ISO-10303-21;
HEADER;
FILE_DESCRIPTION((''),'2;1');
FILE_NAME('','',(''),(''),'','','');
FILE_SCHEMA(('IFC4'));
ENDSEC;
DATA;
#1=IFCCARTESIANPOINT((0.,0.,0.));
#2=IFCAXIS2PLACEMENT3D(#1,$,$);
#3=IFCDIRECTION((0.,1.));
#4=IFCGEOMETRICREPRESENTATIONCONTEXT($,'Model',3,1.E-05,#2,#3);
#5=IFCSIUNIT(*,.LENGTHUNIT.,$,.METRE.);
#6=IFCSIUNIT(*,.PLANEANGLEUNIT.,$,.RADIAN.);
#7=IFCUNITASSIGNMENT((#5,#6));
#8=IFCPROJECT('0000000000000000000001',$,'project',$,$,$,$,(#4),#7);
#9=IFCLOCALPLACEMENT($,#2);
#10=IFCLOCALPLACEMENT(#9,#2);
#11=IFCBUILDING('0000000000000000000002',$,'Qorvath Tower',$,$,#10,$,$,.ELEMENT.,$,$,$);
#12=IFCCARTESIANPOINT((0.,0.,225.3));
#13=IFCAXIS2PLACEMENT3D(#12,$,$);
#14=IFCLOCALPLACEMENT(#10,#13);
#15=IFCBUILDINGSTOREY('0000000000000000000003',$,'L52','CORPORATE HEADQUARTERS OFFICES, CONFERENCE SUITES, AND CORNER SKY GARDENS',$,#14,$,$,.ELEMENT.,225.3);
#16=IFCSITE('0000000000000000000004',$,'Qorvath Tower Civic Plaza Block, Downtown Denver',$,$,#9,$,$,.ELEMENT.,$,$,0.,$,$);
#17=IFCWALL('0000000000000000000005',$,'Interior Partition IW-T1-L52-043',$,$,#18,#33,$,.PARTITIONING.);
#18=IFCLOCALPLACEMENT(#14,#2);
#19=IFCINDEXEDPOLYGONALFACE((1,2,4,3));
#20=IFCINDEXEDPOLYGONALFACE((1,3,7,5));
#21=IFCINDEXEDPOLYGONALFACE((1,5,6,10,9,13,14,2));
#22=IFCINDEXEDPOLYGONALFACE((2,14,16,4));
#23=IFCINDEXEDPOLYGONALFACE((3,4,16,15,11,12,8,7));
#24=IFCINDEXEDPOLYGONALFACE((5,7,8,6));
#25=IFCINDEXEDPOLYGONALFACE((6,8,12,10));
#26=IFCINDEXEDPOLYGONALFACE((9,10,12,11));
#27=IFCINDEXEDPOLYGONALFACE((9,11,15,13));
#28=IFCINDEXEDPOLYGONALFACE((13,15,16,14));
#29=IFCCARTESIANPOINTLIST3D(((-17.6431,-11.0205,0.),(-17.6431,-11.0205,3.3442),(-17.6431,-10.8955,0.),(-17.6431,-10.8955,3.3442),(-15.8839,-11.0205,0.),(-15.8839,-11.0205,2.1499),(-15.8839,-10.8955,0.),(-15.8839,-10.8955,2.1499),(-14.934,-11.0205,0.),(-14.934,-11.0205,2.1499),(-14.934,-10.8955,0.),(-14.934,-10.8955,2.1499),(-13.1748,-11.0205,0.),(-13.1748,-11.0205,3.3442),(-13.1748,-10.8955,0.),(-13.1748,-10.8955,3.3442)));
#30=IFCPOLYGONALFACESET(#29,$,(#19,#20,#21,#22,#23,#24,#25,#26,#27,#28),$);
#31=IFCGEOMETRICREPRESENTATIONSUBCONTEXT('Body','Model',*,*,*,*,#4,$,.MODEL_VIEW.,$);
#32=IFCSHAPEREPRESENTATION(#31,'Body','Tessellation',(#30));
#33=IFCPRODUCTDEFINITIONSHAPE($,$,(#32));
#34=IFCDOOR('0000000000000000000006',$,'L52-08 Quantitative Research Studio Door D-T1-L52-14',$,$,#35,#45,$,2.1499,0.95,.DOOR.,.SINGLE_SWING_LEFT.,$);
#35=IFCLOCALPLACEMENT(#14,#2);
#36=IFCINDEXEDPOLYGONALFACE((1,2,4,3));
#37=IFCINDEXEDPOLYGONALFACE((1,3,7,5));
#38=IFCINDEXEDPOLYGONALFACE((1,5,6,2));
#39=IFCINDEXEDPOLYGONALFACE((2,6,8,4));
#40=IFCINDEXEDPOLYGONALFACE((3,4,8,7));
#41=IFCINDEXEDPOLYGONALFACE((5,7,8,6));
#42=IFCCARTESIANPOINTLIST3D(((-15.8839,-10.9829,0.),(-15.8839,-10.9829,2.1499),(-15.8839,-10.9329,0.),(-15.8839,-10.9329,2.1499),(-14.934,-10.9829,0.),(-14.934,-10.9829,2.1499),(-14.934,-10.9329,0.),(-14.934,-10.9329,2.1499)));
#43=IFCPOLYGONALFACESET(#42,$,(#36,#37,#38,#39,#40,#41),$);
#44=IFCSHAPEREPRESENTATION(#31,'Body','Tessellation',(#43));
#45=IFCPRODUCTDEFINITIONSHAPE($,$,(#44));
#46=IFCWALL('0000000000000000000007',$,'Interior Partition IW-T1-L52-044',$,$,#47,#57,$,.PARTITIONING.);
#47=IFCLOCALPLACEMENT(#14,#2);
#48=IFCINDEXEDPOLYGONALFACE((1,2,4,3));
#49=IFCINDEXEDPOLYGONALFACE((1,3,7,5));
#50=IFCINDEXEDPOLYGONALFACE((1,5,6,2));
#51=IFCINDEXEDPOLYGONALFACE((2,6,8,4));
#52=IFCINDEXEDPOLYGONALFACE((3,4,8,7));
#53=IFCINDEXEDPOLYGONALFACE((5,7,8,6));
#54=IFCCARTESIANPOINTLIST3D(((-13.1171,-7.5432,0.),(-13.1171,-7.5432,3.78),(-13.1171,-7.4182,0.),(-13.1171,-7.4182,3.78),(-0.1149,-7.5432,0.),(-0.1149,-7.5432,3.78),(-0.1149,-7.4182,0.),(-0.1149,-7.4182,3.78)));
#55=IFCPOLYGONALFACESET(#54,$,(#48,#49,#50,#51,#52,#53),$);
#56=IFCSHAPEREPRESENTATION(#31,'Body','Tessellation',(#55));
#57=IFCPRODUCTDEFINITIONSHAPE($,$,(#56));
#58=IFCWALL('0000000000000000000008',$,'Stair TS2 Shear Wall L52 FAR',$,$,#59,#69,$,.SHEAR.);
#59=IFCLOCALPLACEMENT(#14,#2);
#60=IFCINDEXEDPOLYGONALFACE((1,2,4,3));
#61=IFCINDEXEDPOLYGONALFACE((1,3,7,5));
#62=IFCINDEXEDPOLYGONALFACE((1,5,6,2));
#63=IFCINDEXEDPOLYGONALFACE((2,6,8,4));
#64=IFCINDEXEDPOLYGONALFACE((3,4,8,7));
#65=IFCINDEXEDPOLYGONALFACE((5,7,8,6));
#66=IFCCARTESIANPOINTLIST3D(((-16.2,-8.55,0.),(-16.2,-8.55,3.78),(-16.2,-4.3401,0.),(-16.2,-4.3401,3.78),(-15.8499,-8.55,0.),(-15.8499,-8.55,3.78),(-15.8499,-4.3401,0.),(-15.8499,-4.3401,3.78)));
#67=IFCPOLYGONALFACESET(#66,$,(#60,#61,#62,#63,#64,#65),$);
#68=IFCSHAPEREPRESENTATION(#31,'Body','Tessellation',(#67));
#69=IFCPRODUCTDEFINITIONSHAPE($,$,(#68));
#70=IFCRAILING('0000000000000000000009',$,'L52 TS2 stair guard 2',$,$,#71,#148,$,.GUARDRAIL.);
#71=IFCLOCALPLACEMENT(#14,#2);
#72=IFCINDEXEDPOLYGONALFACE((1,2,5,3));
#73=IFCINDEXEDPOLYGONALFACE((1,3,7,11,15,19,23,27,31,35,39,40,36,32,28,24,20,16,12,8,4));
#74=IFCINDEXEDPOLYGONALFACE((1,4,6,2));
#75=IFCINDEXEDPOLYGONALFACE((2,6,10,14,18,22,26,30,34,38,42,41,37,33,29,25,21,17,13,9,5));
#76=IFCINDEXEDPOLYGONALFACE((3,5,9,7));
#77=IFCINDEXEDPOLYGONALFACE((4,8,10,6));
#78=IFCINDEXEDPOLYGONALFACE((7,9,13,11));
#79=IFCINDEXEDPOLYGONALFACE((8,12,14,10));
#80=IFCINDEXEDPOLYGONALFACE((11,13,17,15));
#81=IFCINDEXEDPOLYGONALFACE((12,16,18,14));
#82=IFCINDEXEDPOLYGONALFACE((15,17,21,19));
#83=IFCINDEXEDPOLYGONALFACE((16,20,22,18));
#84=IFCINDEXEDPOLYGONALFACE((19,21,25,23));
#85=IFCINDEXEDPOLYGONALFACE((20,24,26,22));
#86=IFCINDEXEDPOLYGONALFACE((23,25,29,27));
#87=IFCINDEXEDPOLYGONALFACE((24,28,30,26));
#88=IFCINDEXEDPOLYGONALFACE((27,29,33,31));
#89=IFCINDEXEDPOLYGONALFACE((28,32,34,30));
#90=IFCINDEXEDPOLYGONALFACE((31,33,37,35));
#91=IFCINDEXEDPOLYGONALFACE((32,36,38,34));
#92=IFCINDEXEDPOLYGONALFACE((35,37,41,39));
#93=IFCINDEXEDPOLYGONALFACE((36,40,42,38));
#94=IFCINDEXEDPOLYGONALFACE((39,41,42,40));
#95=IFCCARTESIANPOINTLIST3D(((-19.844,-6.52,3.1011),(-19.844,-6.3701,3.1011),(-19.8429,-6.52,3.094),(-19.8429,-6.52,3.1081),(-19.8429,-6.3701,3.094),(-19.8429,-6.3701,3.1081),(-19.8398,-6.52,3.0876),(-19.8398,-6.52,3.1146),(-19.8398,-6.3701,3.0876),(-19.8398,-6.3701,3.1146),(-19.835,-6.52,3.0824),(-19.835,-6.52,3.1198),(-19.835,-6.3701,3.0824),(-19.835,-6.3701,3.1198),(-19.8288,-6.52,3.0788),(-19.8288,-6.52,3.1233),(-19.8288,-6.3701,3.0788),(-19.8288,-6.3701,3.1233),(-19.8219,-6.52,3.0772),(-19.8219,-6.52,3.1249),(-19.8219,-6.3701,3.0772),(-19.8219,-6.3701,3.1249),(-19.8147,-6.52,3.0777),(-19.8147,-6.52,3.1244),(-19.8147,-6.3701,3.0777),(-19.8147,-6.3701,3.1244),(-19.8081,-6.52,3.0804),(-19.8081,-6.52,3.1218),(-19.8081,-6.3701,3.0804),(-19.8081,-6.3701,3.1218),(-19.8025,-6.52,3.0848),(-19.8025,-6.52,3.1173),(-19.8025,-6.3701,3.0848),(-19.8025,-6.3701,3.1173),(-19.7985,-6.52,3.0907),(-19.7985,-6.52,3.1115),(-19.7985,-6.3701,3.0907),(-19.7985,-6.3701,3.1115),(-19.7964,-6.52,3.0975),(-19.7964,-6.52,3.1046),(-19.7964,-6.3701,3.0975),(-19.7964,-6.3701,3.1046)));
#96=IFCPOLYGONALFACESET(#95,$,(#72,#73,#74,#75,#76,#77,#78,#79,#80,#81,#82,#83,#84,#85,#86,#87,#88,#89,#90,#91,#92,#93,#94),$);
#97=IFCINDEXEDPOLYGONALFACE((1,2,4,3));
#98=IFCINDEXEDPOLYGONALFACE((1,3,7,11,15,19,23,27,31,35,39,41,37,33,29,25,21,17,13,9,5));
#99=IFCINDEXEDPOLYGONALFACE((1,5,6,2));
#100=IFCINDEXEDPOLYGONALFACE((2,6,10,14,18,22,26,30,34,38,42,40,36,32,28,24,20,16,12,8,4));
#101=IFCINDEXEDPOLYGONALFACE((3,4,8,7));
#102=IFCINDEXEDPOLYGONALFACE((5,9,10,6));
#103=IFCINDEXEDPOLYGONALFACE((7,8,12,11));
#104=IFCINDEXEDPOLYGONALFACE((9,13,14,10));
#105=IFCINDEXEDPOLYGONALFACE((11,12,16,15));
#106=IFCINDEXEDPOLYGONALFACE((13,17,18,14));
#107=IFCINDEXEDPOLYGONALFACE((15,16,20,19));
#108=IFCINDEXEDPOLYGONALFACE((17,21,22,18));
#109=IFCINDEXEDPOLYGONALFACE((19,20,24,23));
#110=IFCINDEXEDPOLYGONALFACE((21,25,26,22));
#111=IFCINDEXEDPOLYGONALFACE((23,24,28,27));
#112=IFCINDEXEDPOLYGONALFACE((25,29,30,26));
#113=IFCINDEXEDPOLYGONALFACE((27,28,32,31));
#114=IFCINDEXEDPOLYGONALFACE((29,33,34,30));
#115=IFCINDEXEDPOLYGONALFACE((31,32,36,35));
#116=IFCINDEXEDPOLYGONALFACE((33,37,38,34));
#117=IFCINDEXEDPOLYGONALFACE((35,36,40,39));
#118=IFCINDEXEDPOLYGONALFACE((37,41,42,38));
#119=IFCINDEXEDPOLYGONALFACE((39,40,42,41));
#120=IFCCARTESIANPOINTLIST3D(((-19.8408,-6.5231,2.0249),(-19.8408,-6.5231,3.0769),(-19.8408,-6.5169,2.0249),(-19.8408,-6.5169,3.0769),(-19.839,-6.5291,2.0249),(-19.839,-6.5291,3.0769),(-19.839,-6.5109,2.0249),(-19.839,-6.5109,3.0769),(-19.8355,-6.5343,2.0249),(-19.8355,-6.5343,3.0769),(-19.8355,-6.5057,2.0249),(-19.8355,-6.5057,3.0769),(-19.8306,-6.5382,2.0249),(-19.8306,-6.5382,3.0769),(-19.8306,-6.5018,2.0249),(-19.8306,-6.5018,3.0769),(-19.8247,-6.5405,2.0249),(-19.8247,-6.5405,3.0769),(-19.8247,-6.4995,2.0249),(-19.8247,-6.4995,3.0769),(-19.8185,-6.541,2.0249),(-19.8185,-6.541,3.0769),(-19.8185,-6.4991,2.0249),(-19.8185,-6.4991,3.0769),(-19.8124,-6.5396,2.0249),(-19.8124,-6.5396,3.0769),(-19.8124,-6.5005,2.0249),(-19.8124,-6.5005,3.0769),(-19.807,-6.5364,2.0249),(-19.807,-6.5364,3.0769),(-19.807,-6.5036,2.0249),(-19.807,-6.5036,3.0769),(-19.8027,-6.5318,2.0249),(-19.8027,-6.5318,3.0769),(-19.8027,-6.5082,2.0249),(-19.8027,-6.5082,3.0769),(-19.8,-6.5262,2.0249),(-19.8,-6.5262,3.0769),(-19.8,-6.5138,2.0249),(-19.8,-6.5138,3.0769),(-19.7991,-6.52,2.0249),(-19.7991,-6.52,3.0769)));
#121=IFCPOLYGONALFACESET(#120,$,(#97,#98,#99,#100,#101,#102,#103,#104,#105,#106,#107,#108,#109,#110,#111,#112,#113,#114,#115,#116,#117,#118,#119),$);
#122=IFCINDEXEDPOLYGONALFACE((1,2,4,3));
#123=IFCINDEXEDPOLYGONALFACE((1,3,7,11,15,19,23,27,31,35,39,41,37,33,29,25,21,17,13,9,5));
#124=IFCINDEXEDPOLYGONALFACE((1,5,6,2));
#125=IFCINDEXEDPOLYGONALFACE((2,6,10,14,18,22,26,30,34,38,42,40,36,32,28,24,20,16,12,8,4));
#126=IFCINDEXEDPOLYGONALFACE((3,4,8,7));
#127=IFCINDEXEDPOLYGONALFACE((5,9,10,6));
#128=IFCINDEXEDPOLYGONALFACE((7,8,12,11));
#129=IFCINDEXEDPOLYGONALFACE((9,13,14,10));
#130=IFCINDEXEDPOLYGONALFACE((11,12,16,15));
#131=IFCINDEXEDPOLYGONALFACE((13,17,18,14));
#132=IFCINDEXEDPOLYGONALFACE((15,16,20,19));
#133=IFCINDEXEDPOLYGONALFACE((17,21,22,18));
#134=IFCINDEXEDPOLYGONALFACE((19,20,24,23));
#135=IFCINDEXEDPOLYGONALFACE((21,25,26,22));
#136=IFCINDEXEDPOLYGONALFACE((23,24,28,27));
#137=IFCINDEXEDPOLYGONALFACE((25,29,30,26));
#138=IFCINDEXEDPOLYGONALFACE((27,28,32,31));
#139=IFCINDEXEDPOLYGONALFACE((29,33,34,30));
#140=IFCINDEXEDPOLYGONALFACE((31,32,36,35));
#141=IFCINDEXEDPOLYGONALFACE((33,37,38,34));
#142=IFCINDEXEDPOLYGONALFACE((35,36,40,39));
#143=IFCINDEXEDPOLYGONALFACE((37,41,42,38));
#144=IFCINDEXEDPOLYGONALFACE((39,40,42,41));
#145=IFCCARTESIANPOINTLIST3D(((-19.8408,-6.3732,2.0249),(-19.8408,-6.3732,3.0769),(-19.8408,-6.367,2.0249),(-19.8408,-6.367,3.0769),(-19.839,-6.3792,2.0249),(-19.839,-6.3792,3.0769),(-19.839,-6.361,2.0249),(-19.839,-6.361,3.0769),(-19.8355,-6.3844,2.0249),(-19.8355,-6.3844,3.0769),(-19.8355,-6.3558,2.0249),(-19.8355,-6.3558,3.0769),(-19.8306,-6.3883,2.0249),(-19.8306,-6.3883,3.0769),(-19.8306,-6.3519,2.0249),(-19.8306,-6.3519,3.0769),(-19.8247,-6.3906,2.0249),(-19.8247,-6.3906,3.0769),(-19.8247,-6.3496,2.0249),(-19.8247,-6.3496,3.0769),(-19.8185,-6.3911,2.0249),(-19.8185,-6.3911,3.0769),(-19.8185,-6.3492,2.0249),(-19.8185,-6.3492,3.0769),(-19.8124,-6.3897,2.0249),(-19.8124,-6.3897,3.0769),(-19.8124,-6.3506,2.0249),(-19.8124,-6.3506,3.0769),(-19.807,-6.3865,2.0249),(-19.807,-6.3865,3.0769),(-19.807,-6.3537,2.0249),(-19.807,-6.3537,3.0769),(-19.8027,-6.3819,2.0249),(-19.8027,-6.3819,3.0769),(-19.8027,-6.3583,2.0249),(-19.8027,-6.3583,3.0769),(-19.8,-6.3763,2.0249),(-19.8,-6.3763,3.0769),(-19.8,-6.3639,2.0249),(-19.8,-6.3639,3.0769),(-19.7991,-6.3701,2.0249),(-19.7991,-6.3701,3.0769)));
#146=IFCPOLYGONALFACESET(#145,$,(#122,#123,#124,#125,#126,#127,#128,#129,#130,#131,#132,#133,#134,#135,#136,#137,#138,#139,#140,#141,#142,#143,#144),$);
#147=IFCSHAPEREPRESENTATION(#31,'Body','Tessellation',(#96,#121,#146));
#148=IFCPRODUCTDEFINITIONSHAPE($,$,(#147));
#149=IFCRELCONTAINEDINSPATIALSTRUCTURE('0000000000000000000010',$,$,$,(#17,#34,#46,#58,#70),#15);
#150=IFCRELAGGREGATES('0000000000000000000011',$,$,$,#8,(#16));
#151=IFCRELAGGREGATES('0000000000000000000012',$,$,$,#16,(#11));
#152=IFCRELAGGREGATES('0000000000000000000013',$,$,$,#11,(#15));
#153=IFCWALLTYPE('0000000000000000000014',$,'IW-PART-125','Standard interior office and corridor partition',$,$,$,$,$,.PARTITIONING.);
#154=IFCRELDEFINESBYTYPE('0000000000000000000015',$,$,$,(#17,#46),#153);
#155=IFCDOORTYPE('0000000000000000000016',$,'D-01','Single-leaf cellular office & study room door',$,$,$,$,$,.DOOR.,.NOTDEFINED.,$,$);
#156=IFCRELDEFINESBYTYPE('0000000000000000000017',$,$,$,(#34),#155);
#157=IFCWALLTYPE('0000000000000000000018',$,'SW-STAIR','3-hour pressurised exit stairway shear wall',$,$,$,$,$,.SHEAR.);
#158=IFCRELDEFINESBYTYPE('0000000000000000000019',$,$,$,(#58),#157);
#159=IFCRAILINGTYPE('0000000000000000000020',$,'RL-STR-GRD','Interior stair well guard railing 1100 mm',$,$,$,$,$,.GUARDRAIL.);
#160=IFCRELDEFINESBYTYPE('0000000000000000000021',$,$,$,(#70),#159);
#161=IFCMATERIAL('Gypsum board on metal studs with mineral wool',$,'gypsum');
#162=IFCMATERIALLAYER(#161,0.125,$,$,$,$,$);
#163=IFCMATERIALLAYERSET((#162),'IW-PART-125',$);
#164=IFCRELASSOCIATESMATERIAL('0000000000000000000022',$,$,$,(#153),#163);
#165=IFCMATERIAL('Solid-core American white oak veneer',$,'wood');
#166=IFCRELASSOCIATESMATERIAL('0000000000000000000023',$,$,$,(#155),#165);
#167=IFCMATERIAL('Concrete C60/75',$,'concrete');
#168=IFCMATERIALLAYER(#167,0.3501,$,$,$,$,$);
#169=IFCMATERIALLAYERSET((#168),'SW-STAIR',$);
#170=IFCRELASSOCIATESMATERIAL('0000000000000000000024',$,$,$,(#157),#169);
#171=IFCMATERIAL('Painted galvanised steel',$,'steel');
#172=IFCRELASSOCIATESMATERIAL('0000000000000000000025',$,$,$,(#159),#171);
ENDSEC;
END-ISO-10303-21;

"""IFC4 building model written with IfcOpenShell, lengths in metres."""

from ifc_helpers import new_model, si_unit, direction, frame, frame_2d, origin, origin_2d, place, context, subcontext, project, spatial, rectangle, circle, extrude, material, layer, layer_set, type_object, element, fill, save


model = new_model("IFC4")

# Units and contexts
model_context = context("Model", 3, precision=1e-05, world=origin(), true_north=direction((0.0, 1.0)))
body_context = subcontext(model_context, "Body", "Model", "MODEL_VIEW")
ifc_project = project(units=[si_unit("LENGTHUNIT", "METRE"), si_unit("PLANEANGLEUNIT", "RADIAN")], contexts=[model_context])

# Site, building, storey
site_placement = place(None, origin())
site = spatial("IfcSite", under=ifc_project, at=site_placement, Name="Qorvath Tower Civic Plaza Block, Downtown Denver", CompositionType="ELEMENT", RefElevation=0.0)
building_placement = place(site_placement, origin())
building = spatial("IfcBuilding", under=site, at=building_placement, Name="Qorvath Tower", CompositionType="ELEMENT")
storey_placement = place(building_placement, frame((0.0, 0.0, 225.3)))
storey = spatial("IfcBuildingStorey", under=building, at=storey_placement, Name="L52", Description="CORPORATE HEADQUARTERS OFFICES, CONFERENCE SUITES, AND CORNER SKY GARDENS", CompositionType="ELEMENT", Elevation=225.3)

# Shared definitions
ifc_material_1 = material(Name="Gypsum board on metal studs with mineral wool", Category="gypsum")
ifc_layer_1 = layer(ifc_material_1, 0.125)
ifc_layer_set_1 = layer_set([ifc_layer_1], Name="IW-PART-125")
wall_type_1 = type_object("IfcWallType", Name="IW-PART-125", Description="Standard interior office and corridor partition", PredefinedType="PARTITIONING", material=ifc_layer_set_1)

# Wall, opening, door
wall_1_placement = place(storey_placement, frame((-13.1748, -10.958, 0.0), z_axis=(0.0, 0.0, 1.0), x_axis=(-1.0, 0.0, 0.0)))
wall_1 = element("IfcWall", 1, at=wall_1_placement, inside=storey, type_object=wall_type_1, Name="Interior Partition IW-T1-L52-043", PredefinedType="PARTITIONING", context=body_context, shape_type="SweptSolid", body=[
    extrude(rectangle(XDim=4.4683, YDim=0.125, at=frame_2d((2.2341, 0.0))), origin(), (0.0, 0.0, 1.0), 3.3442),
])
opening_1_placement = place(wall_1_placement, frame((1.759, 0.0, 0.0)))
opening_1 = element("IfcOpeningElement", 2, at=opening_1_placement, cuts=wall_1, PredefinedType="OPENING", context=body_context, shape_type="SweptSolid", body=[
    extrude(rectangle(XDim=0.95, YDim=2.1499, at=frame_2d((0.4751, 1.075))), frame((0.0, 0.0725, 0.0), z_axis=(0.0, -1.0, 0.0), x_axis=(1.0, 0.0, 0.0)), (0.0, 0.0, 1.0), 0.145),
])
ifc_material_2 = material(Name="Solid-core American white oak veneer", Category="wood")
door_type_1 = type_object("IfcDoorType", Name="D-01", Description="Single-leaf cellular office & study room door", OperationType="NOTDEFINED", PredefinedType="DOOR", material=ifc_material_2)
door_1_placement = place(opening_1_placement, origin())
door_1 = element("IfcDoor", 3, at=door_1_placement, inside=storey, type_object=door_type_1, Name="L52-08 Quantitative Research Studio Door D-T1-L52-14", OperationType="SINGLE_SWING_LEFT", OverallHeight=2.1499, OverallWidth=0.95, PredefinedType="DOOR", context=body_context, shape_type="SweptSolid", body=[
    extrude(rectangle(XDim=0.95, YDim=2.1499, at=frame_2d((0.4751, 1.075))), frame((0.0, 0.0249, 0.0), z_axis=(0.0, -1.0, 0.0), x_axis=(1.0, 0.0, 0.0)), (0.0, 0.0, 1.0), 0.05),
])
fill(opening_1, door_1)

# Wall
wall_2_placement = place(storey_placement, frame((-0.115, -7.4807, 0.0), z_axis=(0.0, 0.0, 1.0), x_axis=(-1.0, 0.0, 0.0)))
element("IfcWall", 4, at=wall_2_placement, inside=storey, type_object=wall_type_1, Name="Interior Partition IW-T1-L52-044", PredefinedType="PARTITIONING", context=body_context, shape_type="SweptSolid", body=[
    extrude(rectangle(XDim=13.0022, YDim=0.125, at=frame_2d((6.501, 0.0))), origin(), (0.0, 0.0, 1.0), 3.78),
])

# Wall
ifc_material_3 = material(Name="Concrete C60/75", Category="concrete")
ifc_layer_2 = layer(ifc_material_3, 0.3501)
ifc_layer_set_2 = layer_set([ifc_layer_2], Name="SW-STAIR")
wall_type_2 = type_object("IfcWallType", Name="SW-STAIR", Description="3-hour pressurised exit stairway shear wall", PredefinedType="SHEAR", material=ifc_layer_set_2)
wall_3_placement = place(storey_placement, frame((-16.0249, -8.55, 0.0), z_axis=(0.0, 0.0, 1.0), x_axis=(0.0, 1.0, 0.0)))
element("IfcWall", 5, at=wall_3_placement, inside=storey, type_object=wall_type_2, Name="Stair TS2 Shear Wall L52 FAR", PredefinedType="SHEAR", context=body_context, shape_type="SweptSolid", body=[
    extrude(rectangle(XDim=4.21, YDim=0.3501, at=frame_2d((2.105, 0.0))), origin(), (0.0, 0.0, 1.0), 3.78),
])

# Railing
ifc_material_4 = material(Name="Painted galvanised steel", Category="steel")
railing_type = type_object("IfcRailingType", Name="RL-STR-GRD", Description="Interior stair well guard railing 1100 mm", PredefinedType="GUARDRAIL", material=ifc_material_4)
railing_1_placement = place(storey_placement, frame((-19.8201, -6.52, 2.0249)))
element("IfcRailing", 6, at=railing_1_placement, inside=storey, type_object=railing_type, Name="L52 TS2 stair guard 2", PredefinedType="GUARDRAIL", context=body_context, shape_type="SweptSolid", body=[
    extrude(circle(Radius=0.0239, at=origin_2d()), frame((0.0, 0.0, 1.0762), z_axis=(0.0, 1.0, 0.0), x_axis=(-1.0, 0.0, 0.0)), (0.0, 0.0, 1.0), 0.1499),
    extrude(circle(Radius=0.021, at=origin_2d()), origin(), (0.0, 0.0, 1.0), 1.052),
    extrude(circle(Radius=0.021, at=origin_2d()), frame((0.0, 0.1499, 0.0)), (0.0, 0.0, 1.0), 1.052),
])

save(model, "model.ifc")
